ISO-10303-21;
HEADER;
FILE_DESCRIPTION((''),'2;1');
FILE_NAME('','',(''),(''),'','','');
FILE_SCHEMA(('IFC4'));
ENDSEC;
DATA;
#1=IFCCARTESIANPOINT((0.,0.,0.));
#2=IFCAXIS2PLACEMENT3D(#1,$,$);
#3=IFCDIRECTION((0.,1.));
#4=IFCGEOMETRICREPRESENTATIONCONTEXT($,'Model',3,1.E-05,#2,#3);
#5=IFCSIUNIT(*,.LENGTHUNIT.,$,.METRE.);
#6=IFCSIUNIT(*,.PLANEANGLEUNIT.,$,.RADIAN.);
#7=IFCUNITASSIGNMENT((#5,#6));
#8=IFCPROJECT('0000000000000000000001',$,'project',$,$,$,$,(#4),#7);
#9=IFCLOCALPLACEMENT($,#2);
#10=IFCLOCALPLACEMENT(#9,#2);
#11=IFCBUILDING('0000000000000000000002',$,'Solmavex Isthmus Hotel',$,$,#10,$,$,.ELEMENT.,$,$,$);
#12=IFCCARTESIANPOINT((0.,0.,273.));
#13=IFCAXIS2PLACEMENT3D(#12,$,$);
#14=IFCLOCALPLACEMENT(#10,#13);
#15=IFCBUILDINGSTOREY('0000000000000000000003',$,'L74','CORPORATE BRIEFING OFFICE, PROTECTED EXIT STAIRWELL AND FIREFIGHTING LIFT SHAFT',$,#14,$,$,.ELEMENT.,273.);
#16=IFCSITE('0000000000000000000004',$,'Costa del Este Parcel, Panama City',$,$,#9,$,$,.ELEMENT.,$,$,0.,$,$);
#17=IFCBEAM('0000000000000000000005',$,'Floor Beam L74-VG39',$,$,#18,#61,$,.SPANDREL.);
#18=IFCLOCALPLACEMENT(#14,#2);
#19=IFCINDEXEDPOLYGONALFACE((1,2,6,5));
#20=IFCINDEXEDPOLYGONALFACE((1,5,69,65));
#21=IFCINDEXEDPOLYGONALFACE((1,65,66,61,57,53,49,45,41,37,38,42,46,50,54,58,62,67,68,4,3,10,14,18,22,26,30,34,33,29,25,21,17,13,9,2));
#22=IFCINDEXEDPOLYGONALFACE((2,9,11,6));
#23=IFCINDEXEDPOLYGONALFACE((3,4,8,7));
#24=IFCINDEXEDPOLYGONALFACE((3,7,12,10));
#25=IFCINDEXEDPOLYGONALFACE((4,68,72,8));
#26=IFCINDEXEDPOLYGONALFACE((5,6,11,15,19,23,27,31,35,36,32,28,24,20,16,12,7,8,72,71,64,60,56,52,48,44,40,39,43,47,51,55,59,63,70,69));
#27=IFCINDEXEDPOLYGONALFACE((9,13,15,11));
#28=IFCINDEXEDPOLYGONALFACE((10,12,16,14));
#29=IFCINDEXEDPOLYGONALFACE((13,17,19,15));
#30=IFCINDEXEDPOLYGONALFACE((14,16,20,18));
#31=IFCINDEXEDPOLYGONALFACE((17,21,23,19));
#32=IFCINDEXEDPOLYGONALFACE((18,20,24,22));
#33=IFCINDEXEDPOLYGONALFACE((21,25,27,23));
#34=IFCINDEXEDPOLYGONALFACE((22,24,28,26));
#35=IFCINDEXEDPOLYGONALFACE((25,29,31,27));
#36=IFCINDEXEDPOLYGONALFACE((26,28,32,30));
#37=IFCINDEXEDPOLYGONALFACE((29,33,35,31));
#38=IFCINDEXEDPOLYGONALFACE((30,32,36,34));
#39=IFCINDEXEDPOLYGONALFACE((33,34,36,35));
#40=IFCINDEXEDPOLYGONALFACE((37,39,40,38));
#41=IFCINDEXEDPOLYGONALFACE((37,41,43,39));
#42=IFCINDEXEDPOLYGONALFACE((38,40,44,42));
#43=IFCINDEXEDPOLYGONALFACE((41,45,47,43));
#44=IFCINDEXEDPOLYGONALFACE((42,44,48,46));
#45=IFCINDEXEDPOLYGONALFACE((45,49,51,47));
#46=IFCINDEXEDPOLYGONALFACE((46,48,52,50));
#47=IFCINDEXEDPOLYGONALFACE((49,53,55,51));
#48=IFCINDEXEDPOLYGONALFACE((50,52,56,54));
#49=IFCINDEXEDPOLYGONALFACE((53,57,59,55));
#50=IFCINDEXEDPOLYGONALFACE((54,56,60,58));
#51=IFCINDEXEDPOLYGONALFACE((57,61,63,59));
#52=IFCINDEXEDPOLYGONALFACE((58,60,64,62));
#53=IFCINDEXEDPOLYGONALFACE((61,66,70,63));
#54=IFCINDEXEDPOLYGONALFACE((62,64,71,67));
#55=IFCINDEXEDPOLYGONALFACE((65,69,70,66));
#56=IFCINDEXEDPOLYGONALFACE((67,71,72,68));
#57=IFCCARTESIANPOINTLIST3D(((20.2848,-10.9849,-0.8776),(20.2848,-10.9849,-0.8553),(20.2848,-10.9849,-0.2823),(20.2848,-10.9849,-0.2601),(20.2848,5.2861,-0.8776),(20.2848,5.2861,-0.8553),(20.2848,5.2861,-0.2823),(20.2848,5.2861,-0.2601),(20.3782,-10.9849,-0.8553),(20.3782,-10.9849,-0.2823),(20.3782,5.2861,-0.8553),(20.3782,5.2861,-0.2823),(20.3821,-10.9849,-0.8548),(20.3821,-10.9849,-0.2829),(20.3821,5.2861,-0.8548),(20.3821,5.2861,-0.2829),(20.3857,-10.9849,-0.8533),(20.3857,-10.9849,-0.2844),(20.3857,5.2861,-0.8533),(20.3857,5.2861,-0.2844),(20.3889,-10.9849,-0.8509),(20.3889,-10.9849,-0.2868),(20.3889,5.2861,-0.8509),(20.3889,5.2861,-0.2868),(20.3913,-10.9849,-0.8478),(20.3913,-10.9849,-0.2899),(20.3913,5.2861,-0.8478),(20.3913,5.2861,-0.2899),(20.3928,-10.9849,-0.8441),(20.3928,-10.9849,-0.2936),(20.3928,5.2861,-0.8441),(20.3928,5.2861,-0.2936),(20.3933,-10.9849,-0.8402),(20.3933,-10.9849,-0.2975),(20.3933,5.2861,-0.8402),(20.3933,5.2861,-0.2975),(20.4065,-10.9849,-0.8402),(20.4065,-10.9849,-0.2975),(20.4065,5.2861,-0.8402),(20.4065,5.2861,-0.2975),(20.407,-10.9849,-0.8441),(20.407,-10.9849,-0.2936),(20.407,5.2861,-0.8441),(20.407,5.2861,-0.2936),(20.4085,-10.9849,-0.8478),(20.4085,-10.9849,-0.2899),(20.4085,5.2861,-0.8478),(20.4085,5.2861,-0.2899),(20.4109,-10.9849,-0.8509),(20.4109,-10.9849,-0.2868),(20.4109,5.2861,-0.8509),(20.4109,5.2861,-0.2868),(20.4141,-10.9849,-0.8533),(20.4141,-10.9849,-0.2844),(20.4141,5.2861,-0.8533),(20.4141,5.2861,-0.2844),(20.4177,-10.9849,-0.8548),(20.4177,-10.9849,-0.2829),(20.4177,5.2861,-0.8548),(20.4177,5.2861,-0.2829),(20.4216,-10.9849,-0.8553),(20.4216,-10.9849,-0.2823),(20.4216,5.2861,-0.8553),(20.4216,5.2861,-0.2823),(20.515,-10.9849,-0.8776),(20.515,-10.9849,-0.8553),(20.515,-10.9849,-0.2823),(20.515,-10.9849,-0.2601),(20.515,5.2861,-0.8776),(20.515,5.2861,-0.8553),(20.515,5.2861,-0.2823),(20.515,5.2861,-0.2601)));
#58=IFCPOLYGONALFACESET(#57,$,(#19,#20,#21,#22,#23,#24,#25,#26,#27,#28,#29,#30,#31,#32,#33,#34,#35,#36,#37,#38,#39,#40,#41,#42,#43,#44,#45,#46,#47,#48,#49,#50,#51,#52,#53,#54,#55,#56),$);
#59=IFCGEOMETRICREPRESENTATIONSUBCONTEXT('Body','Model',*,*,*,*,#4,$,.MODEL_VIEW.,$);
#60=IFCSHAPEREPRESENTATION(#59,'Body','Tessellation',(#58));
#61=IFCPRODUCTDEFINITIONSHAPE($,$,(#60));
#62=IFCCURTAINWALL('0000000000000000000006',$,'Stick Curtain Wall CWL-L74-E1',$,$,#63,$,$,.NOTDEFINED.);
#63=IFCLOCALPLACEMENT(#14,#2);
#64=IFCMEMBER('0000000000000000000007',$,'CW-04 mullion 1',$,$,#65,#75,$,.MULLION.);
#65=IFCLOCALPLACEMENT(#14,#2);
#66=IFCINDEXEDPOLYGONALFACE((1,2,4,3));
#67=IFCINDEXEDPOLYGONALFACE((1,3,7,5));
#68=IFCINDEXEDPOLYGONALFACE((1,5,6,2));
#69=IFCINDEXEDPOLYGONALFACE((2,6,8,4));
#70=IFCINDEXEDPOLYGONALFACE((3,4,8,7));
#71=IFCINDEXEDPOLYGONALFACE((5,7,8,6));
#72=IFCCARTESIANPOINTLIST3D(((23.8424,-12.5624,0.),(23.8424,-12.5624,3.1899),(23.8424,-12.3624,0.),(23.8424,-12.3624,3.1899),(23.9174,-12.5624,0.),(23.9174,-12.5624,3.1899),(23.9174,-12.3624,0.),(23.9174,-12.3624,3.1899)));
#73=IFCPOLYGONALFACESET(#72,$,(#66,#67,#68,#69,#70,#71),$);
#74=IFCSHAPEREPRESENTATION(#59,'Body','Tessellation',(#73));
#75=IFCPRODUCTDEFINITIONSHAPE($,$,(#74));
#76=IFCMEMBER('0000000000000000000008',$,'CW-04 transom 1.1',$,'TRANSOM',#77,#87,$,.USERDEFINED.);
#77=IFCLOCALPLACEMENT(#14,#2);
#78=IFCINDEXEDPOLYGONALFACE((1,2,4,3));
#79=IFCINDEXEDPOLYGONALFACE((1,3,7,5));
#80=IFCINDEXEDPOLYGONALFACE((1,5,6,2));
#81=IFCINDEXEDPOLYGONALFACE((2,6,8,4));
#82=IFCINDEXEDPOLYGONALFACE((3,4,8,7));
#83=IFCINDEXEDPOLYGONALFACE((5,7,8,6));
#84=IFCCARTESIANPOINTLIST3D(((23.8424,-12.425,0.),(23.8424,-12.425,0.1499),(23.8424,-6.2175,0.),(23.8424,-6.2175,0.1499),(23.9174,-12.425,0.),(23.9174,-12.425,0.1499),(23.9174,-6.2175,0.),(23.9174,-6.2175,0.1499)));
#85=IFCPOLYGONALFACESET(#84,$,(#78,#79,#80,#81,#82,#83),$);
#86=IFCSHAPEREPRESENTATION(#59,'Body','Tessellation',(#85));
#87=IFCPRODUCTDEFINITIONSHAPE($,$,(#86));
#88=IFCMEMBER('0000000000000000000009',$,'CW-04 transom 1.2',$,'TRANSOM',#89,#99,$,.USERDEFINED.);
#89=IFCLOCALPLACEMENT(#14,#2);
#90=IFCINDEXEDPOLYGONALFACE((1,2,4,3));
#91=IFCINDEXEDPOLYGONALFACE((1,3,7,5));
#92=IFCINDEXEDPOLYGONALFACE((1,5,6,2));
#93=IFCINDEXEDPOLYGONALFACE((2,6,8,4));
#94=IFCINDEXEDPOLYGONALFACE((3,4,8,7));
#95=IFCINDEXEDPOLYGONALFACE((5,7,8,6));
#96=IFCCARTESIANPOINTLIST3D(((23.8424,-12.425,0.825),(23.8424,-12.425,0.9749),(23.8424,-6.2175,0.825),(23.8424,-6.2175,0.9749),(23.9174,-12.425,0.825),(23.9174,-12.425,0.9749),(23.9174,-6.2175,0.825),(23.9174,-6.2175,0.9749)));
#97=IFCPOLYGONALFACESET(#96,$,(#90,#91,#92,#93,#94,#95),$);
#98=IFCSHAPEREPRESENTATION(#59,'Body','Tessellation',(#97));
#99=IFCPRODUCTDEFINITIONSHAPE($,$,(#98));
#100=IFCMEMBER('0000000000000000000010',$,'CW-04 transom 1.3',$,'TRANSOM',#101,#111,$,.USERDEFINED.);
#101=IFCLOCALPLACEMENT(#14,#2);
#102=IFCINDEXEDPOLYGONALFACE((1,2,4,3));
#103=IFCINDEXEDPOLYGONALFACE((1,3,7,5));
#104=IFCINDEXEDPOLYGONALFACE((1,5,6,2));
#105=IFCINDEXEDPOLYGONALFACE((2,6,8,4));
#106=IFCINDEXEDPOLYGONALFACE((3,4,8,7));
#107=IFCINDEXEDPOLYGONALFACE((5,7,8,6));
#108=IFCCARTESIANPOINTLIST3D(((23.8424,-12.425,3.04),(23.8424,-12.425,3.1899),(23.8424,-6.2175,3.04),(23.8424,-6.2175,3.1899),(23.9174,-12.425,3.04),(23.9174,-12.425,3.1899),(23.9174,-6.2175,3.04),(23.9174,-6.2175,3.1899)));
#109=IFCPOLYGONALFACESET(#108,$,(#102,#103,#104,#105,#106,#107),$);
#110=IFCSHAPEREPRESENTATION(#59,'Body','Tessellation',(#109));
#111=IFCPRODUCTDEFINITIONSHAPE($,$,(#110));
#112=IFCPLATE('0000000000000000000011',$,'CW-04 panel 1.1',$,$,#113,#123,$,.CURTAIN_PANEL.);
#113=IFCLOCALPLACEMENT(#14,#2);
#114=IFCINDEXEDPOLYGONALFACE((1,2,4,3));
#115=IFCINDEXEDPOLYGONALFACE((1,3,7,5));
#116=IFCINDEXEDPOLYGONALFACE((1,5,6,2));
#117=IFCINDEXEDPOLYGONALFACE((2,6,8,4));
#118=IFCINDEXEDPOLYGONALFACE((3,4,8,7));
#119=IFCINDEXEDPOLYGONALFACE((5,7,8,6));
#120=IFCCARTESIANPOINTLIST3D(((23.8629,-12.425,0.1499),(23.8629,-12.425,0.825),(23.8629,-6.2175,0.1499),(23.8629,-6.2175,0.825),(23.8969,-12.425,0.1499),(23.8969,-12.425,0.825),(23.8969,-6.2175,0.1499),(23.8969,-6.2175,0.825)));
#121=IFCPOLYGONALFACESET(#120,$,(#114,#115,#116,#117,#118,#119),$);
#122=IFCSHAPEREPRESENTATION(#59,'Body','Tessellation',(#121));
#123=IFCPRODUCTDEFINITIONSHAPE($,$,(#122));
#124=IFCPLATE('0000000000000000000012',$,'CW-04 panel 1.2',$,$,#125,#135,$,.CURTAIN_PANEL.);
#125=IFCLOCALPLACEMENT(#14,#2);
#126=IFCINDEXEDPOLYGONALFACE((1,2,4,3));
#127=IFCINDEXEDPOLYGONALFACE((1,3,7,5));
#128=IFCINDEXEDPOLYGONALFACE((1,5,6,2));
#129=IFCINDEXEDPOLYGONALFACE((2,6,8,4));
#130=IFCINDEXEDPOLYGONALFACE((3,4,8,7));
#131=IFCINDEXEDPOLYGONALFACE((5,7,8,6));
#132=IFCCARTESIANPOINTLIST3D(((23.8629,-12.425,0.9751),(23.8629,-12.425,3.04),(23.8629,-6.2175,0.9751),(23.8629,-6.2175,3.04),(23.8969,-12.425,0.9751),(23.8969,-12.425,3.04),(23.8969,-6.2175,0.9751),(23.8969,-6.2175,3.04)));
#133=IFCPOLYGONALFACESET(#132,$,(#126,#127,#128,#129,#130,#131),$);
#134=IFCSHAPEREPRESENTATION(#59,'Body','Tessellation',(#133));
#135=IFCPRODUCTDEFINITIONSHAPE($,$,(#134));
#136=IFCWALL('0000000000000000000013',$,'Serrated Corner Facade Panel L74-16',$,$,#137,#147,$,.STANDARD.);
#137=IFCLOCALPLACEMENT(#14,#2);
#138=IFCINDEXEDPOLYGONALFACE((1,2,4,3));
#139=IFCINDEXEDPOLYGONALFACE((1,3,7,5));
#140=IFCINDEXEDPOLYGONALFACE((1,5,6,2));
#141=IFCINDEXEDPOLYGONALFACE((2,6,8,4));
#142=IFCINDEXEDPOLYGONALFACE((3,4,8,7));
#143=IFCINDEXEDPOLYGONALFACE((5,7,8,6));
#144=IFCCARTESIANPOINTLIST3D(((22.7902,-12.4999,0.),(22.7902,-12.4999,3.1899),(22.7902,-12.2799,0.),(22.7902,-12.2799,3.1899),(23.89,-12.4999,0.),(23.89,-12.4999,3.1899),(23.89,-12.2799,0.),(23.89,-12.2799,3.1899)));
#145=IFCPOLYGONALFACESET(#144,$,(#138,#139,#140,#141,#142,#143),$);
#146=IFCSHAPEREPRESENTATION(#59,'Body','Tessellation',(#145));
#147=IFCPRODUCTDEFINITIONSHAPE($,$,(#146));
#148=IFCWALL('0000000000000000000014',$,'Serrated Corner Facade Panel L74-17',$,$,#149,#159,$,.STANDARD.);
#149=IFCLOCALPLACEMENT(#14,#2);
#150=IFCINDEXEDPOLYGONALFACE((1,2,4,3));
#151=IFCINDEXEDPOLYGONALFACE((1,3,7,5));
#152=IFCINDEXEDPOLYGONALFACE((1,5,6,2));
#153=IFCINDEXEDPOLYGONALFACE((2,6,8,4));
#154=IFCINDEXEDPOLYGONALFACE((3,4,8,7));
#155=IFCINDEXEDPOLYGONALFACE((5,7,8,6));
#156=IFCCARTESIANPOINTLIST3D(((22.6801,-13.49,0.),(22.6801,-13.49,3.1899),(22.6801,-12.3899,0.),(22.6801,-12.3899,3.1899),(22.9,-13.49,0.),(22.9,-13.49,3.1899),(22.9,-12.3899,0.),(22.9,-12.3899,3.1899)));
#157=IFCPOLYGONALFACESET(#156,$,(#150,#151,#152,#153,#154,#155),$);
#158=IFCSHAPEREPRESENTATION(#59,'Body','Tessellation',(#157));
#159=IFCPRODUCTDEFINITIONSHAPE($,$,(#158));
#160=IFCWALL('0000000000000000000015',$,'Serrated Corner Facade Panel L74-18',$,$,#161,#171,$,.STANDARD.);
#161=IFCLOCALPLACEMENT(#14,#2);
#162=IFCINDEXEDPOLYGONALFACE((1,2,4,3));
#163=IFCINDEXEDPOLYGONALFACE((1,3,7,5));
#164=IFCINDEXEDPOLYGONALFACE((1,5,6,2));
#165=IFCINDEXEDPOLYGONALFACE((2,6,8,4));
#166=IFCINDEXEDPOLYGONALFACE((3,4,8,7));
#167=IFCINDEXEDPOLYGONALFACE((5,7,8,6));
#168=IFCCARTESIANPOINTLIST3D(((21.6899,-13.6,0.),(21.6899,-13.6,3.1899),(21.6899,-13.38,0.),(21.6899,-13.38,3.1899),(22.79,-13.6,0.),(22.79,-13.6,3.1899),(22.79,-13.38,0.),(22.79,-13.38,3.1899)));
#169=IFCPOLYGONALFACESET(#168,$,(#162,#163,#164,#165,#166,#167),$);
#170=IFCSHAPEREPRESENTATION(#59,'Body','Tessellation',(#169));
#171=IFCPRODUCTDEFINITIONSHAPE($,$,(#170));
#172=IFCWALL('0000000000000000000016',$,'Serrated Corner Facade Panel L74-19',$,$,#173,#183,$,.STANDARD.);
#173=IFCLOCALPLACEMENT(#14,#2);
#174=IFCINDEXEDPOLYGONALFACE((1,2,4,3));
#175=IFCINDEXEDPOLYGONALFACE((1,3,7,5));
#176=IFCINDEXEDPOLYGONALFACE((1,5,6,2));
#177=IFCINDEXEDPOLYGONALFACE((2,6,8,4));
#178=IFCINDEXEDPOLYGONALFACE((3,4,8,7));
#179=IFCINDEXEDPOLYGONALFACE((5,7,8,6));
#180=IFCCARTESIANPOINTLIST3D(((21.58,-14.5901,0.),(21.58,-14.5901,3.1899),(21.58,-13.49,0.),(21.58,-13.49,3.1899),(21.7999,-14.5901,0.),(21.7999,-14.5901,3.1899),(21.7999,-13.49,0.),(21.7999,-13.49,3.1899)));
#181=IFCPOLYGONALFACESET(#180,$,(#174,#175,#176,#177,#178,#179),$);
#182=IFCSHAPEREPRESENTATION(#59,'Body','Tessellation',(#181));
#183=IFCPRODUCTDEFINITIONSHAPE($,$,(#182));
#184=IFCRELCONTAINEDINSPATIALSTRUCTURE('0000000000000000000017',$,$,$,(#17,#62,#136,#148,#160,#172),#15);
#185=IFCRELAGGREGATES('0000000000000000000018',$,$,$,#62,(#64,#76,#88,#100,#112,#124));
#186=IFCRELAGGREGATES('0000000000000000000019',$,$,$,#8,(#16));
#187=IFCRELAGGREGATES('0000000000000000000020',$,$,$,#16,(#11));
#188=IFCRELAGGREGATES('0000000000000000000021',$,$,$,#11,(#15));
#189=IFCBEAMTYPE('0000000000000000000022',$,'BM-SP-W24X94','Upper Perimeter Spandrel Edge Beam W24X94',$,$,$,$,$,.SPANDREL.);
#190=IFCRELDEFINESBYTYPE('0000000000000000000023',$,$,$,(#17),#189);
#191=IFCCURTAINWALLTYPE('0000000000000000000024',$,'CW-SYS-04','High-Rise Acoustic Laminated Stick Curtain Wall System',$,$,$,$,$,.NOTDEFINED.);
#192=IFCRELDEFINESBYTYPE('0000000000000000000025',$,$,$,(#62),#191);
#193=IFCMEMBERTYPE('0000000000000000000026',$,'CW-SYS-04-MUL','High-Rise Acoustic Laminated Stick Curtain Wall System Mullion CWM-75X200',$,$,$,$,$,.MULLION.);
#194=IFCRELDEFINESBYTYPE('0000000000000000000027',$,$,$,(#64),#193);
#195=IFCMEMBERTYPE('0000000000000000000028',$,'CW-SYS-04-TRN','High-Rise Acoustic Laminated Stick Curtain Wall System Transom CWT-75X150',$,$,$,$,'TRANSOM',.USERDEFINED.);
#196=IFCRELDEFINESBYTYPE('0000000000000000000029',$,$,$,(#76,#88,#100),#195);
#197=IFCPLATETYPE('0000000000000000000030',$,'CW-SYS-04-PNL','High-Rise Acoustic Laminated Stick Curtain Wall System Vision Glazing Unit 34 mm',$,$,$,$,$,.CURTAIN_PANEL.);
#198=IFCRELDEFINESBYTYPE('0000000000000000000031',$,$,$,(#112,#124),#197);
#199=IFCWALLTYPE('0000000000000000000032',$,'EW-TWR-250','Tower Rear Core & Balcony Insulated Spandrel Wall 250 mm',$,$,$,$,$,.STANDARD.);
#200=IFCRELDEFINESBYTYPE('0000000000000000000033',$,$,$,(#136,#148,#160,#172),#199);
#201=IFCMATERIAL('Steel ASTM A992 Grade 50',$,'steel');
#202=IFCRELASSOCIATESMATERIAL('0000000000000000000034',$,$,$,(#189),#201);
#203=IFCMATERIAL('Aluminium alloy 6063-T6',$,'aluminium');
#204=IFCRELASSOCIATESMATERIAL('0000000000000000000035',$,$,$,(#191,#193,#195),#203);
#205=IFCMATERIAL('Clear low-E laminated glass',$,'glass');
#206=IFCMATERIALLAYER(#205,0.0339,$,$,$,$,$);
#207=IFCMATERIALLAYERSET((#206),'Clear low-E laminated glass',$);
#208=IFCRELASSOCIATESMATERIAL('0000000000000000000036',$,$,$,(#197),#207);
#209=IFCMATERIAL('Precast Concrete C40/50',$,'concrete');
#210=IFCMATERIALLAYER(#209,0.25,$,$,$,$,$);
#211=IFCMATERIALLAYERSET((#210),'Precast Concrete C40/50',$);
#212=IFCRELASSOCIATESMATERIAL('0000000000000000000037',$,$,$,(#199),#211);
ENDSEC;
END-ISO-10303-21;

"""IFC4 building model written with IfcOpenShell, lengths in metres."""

from ifc_helpers import new_model, si_unit, direction, frame, frame_2d, origin, origin_2d, place, context, subcontext, project, spatial, rectangle, i_section, extrude, material, layer, layer_set, material_profile, profile_set, type_object, element, aggregate, save


model = new_model("IFC4")

# Units and contexts
model_context = context("Model", 3, precision=1e-05, world=origin(), true_north=direction((0.0, 1.0)))
body_context = subcontext(model_context, "Body", "Model", "MODEL_VIEW")
ifc_project = project(units=[si_unit("LENGTHUNIT", "METRE"), si_unit("PLANEANGLEUNIT", "RADIAN")], contexts=[model_context])

# Site, building, storey
site_placement = place(None, origin())
site = spatial("IfcSite", under=ifc_project, at=site_placement, Name="Costa del Este Parcel, Panama City", CompositionType="ELEMENT", RefElevation=0.0)
building_placement = place(site_placement, origin())
building = spatial("IfcBuilding", under=site, at=building_placement, Name="Solmavex Isthmus Hotel", CompositionType="ELEMENT")
storey_placement = place(building_placement, frame((0.0, 0.0, 273.0)))
storey = spatial("IfcBuildingStorey", under=building, at=storey_placement, Name="L74", Description="CORPORATE BRIEFING OFFICE, PROTECTED EXIT STAIRWELL AND FIREFIGHTING LIFT SHAFT", CompositionType="ELEMENT", Elevation=273.0)

# Beam
ifc_material_1 = material(Name="Steel ASTM A992 Grade 50", Category="steel")
ifc_material_profile_1 = material_profile(ifc_material_1, i_section(OverallWidth=0.2302, OverallDepth=0.6174, WebThickness=0.0132, FlangeThickness=0.0222, FilletRadius=0.0151, at=origin_2d()), Name="W24X94")
ifc_profile_set_1 = profile_set([ifc_material_profile_1], Name="Steel ASTM A992 Grade 50")
beam_type_1 = type_object("IfcBeamType", Name="BM-SP-W24X94", Description="Upper Perimeter Spandrel Edge Beam W24X94", PredefinedType="SPANDREL", material=ifc_profile_set_1)
beam_1_placement = place(storey_placement, frame((20.3999, -10.9849, -0.5688), z_axis=(0.0, 1.0, 0.0), x_axis=(-1.0, 0.0, 0.0)))
element("IfcBeam", 1, at=beam_1_placement, inside=storey, type_object=beam_type_1, Name="Floor Beam L74-VG39", PredefinedType="SPANDREL", context=body_context, shape_type="SweptSolid", body=[
    extrude(i_section(OverallWidth=0.2302, OverallDepth=0.6174, WebThickness=0.0132, FlangeThickness=0.0222, FilletRadius=0.0151, at=origin_2d()), origin(), (0.0, 0.0, 1.0), 16.271),
])

# Curtain wall, members, plates
ifc_material_2 = material(Name="Aluminium alloy 6063-T6", Category="aluminium")
curtain_wall_type = type_object("IfcCurtainWallType", Name="CW-SYS-04", Description="High-Rise Acoustic Laminated Stick Curtain Wall System", PredefinedType="NOTDEFINED", material=ifc_material_2)
curtain_wall_placement = place(storey_placement, origin())
curtain_wall = element("IfcCurtainWall", 2, at=curtain_wall_placement, inside=storey, type_object=curtain_wall_type, Name="Stick Curtain Wall CWL-L74-E1", PredefinedType="NOTDEFINED")
ifc_material_profile_2 = material_profile(ifc_material_2, rectangle(XDim=0.075, YDim=0.2, at=origin_2d()), Name="CWM-75X200")
ifc_profile_set_2 = profile_set([ifc_material_profile_2], Name="Aluminium alloy 6063-T6")
member_type_1 = type_object("IfcMemberType", Name="CW-SYS-04-MUL", Description="High-Rise Acoustic Laminated Stick Curtain Wall System Mullion CWM-75X200", PredefinedType="MULLION", material=ifc_profile_set_2)
member_1_placement = place(storey_placement, frame((23.8799, -12.4624, 0.0), z_axis=(0.0, 0.0, 1.0), x_axis=(-1.0, 0.0, 0.0)))
member_1 = element("IfcMember", 3, at=member_1_placement, type_object=member_type_1, Name="CW-04 mullion 1", PredefinedType="MULLION", context=body_context, shape_type="SweptSolid", body=[
    extrude(rectangle(XDim=0.075, YDim=0.2, at=origin_2d()), origin(), (0.0, 0.0, 1.0), 3.1899),
])
ifc_material_profile_3 = material_profile(ifc_material_2, rectangle(XDim=0.075, YDim=0.1499, at=origin_2d()), Name="CWT-75X150")
ifc_profile_set_3 = profile_set([ifc_material_profile_3], Name="Aluminium alloy 6063-T6")
member_type_2 = type_object("IfcMemberType", Name="CW-SYS-04-TRN", Description="High-Rise Acoustic Laminated Stick Curtain Wall System Transom CWT-75X150", ElementType="TRANSOM", PredefinedType="USERDEFINED", material=ifc_profile_set_3)
member_2_placement = place(storey_placement, frame((23.8799, -12.425, 0.075), z_axis=(0.0, 1.0, 0.0), x_axis=(-1.0, 0.0, 0.0)))
member_2 = element("IfcMember", 4, at=member_2_placement, type_object=member_type_2, Name="CW-04 transom 1.1", ObjectType="TRANSOM", PredefinedType="USERDEFINED", context=body_context, shape_type="SweptSolid", body=[
    extrude(rectangle(XDim=0.075, YDim=0.1499, at=origin_2d()), origin(), (0.0, 0.0, 1.0), 6.2075),
])
member_3_placement = place(storey_placement, frame((23.8799, -12.425, 0.8999), z_axis=(0.0, 1.0, 0.0), x_axis=(-1.0, 0.0, 0.0)))
member_3 = element("IfcMember", 5, at=member_3_placement, type_object=member_type_2, Name="CW-04 transom 1.2", ObjectType="TRANSOM", PredefinedType="USERDEFINED", context=body_context, shape_type="SweptSolid", body=[
    extrude(rectangle(XDim=0.075, YDim=0.1499, at=origin_2d()), origin(), (0.0, 0.0, 1.0), 6.2075),
])
member_4_placement = place(storey_placement, frame((23.8799, -12.425, 3.115), z_axis=(0.0, 1.0, 0.0), x_axis=(-1.0, 0.0, 0.0)))
member_4 = element("IfcMember", 6, at=member_4_placement, type_object=member_type_2, Name="CW-04 transom 1.3", ObjectType="TRANSOM", PredefinedType="USERDEFINED", context=body_context, shape_type="SweptSolid", body=[
    extrude(rectangle(XDim=0.075, YDim=0.1499, at=origin_2d()), origin(), (0.0, 0.0, 1.0), 6.2075),
])
ifc_material_3 = material(Name="Clear low-E laminated glass", Category="glass")
ifc_layer_1 = layer(ifc_material_3, 0.0339)
ifc_layer_set_1 = layer_set([ifc_layer_1], Name="Clear low-E laminated glass")
plate_type = type_object("IfcPlateType", Name="CW-SYS-04-PNL", Description="High-Rise Acoustic Laminated Stick Curtain Wall System Vision Glazing Unit 34 mm", PredefinedType="CURTAIN_PANEL", material=ifc_layer_set_1)
plate_1_placement = place(storey_placement, frame((23.8799, -9.3213, 0.1499), z_axis=(0.0, 0.0, 1.0), x_axis=(0.0, 1.0, 0.0)))
plate_1 = element("IfcPlate", 7, at=plate_1_placement, type_object=plate_type, Name="CW-04 panel 1.1", PredefinedType="CURTAIN_PANEL", context=body_context, shape_type="SweptSolid", body=[
    extrude(rectangle(XDim=6.2075, YDim=0.0339, at=origin_2d()), origin(), (0.0, 0.0, 1.0), 0.675),
])
plate_2_placement = place(storey_placement, frame((23.8799, -9.3213, 0.9751), z_axis=(0.0, 0.0, 1.0), x_axis=(0.0, 1.0, 0.0)))
plate_2 = element("IfcPlate", 8, at=plate_2_placement, type_object=plate_type, Name="CW-04 panel 1.2", PredefinedType="CURTAIN_PANEL", context=body_context, shape_type="SweptSolid", body=[
    extrude(rectangle(XDim=6.2075, YDim=0.0339, at=origin_2d()), origin(), (0.0, 0.0, 1.0), 2.0649),
])
aggregate(curtain_wall, [member_1, member_2, member_3, member_4, plate_1, plate_2])

# Walls
ifc_material_4 = material(Name="Precast Concrete C40/50", Category="concrete")
ifc_layer_2 = layer(ifc_material_4, 0.25)
ifc_layer_set_2 = layer_set([ifc_layer_2], Name="Precast Concrete C40/50")
wall_type_1 = type_object("IfcWallType", Name="EW-TWR-250", Description="Tower Rear Core & Balcony Insulated Spandrel Wall 250 mm", PredefinedType="STANDARD", material=ifc_layer_set_2)
wall_1_placement = place(storey_placement, frame((23.8899, -12.3899, 0.0), z_axis=(0.0, 0.0, 1.0), x_axis=(-1.0, 0.0, 0.0)))
element("IfcWall", 9, at=wall_1_placement, inside=storey, type_object=wall_type_1, Name="Serrated Corner Facade Panel L74-16", PredefinedType="STANDARD", context=body_context, shape_type="SweptSolid", body=[
    extrude(rectangle(XDim=1.0999, YDim=0.22, at=frame_2d((0.5498, 0.0))), origin(), (0.0, 0.0, 1.0), 3.1899),
])
for number, where, z_axis, x_axis, name in (
    (10, (22.79, -12.3899, 0.0), (0.0, 0.0, 1.0), (0.0, -1.0, 0.0), "Serrated Corner Facade Panel L74-17"),
    (11, (22.79, -13.49, 0.0), (0.0, 0.0, 1.0), (-1.0, 0.0, 0.0), "Serrated Corner Facade Panel L74-18"),
    (12, (21.6899, -13.49, 0.0), (0.0, 0.0, 1.0), (0.0, -1.0, 0.0), "Serrated Corner Facade Panel L74-19"),
):
    element("IfcWall", number, at=place(storey_placement, frame(where, z_axis=z_axis, x_axis=x_axis)), inside=storey, type_object=wall_type_1, Name=name, PredefinedType="STANDARD", context=body_context, shape_type="SweptSolid", body=[
        extrude(rectangle(XDim=1.1001, YDim=0.22, at=frame_2d((0.55, 0.0))), origin(), (0.0, 0.0, 1.0), 3.1899),
    ])

save(model, "model.ifc")
